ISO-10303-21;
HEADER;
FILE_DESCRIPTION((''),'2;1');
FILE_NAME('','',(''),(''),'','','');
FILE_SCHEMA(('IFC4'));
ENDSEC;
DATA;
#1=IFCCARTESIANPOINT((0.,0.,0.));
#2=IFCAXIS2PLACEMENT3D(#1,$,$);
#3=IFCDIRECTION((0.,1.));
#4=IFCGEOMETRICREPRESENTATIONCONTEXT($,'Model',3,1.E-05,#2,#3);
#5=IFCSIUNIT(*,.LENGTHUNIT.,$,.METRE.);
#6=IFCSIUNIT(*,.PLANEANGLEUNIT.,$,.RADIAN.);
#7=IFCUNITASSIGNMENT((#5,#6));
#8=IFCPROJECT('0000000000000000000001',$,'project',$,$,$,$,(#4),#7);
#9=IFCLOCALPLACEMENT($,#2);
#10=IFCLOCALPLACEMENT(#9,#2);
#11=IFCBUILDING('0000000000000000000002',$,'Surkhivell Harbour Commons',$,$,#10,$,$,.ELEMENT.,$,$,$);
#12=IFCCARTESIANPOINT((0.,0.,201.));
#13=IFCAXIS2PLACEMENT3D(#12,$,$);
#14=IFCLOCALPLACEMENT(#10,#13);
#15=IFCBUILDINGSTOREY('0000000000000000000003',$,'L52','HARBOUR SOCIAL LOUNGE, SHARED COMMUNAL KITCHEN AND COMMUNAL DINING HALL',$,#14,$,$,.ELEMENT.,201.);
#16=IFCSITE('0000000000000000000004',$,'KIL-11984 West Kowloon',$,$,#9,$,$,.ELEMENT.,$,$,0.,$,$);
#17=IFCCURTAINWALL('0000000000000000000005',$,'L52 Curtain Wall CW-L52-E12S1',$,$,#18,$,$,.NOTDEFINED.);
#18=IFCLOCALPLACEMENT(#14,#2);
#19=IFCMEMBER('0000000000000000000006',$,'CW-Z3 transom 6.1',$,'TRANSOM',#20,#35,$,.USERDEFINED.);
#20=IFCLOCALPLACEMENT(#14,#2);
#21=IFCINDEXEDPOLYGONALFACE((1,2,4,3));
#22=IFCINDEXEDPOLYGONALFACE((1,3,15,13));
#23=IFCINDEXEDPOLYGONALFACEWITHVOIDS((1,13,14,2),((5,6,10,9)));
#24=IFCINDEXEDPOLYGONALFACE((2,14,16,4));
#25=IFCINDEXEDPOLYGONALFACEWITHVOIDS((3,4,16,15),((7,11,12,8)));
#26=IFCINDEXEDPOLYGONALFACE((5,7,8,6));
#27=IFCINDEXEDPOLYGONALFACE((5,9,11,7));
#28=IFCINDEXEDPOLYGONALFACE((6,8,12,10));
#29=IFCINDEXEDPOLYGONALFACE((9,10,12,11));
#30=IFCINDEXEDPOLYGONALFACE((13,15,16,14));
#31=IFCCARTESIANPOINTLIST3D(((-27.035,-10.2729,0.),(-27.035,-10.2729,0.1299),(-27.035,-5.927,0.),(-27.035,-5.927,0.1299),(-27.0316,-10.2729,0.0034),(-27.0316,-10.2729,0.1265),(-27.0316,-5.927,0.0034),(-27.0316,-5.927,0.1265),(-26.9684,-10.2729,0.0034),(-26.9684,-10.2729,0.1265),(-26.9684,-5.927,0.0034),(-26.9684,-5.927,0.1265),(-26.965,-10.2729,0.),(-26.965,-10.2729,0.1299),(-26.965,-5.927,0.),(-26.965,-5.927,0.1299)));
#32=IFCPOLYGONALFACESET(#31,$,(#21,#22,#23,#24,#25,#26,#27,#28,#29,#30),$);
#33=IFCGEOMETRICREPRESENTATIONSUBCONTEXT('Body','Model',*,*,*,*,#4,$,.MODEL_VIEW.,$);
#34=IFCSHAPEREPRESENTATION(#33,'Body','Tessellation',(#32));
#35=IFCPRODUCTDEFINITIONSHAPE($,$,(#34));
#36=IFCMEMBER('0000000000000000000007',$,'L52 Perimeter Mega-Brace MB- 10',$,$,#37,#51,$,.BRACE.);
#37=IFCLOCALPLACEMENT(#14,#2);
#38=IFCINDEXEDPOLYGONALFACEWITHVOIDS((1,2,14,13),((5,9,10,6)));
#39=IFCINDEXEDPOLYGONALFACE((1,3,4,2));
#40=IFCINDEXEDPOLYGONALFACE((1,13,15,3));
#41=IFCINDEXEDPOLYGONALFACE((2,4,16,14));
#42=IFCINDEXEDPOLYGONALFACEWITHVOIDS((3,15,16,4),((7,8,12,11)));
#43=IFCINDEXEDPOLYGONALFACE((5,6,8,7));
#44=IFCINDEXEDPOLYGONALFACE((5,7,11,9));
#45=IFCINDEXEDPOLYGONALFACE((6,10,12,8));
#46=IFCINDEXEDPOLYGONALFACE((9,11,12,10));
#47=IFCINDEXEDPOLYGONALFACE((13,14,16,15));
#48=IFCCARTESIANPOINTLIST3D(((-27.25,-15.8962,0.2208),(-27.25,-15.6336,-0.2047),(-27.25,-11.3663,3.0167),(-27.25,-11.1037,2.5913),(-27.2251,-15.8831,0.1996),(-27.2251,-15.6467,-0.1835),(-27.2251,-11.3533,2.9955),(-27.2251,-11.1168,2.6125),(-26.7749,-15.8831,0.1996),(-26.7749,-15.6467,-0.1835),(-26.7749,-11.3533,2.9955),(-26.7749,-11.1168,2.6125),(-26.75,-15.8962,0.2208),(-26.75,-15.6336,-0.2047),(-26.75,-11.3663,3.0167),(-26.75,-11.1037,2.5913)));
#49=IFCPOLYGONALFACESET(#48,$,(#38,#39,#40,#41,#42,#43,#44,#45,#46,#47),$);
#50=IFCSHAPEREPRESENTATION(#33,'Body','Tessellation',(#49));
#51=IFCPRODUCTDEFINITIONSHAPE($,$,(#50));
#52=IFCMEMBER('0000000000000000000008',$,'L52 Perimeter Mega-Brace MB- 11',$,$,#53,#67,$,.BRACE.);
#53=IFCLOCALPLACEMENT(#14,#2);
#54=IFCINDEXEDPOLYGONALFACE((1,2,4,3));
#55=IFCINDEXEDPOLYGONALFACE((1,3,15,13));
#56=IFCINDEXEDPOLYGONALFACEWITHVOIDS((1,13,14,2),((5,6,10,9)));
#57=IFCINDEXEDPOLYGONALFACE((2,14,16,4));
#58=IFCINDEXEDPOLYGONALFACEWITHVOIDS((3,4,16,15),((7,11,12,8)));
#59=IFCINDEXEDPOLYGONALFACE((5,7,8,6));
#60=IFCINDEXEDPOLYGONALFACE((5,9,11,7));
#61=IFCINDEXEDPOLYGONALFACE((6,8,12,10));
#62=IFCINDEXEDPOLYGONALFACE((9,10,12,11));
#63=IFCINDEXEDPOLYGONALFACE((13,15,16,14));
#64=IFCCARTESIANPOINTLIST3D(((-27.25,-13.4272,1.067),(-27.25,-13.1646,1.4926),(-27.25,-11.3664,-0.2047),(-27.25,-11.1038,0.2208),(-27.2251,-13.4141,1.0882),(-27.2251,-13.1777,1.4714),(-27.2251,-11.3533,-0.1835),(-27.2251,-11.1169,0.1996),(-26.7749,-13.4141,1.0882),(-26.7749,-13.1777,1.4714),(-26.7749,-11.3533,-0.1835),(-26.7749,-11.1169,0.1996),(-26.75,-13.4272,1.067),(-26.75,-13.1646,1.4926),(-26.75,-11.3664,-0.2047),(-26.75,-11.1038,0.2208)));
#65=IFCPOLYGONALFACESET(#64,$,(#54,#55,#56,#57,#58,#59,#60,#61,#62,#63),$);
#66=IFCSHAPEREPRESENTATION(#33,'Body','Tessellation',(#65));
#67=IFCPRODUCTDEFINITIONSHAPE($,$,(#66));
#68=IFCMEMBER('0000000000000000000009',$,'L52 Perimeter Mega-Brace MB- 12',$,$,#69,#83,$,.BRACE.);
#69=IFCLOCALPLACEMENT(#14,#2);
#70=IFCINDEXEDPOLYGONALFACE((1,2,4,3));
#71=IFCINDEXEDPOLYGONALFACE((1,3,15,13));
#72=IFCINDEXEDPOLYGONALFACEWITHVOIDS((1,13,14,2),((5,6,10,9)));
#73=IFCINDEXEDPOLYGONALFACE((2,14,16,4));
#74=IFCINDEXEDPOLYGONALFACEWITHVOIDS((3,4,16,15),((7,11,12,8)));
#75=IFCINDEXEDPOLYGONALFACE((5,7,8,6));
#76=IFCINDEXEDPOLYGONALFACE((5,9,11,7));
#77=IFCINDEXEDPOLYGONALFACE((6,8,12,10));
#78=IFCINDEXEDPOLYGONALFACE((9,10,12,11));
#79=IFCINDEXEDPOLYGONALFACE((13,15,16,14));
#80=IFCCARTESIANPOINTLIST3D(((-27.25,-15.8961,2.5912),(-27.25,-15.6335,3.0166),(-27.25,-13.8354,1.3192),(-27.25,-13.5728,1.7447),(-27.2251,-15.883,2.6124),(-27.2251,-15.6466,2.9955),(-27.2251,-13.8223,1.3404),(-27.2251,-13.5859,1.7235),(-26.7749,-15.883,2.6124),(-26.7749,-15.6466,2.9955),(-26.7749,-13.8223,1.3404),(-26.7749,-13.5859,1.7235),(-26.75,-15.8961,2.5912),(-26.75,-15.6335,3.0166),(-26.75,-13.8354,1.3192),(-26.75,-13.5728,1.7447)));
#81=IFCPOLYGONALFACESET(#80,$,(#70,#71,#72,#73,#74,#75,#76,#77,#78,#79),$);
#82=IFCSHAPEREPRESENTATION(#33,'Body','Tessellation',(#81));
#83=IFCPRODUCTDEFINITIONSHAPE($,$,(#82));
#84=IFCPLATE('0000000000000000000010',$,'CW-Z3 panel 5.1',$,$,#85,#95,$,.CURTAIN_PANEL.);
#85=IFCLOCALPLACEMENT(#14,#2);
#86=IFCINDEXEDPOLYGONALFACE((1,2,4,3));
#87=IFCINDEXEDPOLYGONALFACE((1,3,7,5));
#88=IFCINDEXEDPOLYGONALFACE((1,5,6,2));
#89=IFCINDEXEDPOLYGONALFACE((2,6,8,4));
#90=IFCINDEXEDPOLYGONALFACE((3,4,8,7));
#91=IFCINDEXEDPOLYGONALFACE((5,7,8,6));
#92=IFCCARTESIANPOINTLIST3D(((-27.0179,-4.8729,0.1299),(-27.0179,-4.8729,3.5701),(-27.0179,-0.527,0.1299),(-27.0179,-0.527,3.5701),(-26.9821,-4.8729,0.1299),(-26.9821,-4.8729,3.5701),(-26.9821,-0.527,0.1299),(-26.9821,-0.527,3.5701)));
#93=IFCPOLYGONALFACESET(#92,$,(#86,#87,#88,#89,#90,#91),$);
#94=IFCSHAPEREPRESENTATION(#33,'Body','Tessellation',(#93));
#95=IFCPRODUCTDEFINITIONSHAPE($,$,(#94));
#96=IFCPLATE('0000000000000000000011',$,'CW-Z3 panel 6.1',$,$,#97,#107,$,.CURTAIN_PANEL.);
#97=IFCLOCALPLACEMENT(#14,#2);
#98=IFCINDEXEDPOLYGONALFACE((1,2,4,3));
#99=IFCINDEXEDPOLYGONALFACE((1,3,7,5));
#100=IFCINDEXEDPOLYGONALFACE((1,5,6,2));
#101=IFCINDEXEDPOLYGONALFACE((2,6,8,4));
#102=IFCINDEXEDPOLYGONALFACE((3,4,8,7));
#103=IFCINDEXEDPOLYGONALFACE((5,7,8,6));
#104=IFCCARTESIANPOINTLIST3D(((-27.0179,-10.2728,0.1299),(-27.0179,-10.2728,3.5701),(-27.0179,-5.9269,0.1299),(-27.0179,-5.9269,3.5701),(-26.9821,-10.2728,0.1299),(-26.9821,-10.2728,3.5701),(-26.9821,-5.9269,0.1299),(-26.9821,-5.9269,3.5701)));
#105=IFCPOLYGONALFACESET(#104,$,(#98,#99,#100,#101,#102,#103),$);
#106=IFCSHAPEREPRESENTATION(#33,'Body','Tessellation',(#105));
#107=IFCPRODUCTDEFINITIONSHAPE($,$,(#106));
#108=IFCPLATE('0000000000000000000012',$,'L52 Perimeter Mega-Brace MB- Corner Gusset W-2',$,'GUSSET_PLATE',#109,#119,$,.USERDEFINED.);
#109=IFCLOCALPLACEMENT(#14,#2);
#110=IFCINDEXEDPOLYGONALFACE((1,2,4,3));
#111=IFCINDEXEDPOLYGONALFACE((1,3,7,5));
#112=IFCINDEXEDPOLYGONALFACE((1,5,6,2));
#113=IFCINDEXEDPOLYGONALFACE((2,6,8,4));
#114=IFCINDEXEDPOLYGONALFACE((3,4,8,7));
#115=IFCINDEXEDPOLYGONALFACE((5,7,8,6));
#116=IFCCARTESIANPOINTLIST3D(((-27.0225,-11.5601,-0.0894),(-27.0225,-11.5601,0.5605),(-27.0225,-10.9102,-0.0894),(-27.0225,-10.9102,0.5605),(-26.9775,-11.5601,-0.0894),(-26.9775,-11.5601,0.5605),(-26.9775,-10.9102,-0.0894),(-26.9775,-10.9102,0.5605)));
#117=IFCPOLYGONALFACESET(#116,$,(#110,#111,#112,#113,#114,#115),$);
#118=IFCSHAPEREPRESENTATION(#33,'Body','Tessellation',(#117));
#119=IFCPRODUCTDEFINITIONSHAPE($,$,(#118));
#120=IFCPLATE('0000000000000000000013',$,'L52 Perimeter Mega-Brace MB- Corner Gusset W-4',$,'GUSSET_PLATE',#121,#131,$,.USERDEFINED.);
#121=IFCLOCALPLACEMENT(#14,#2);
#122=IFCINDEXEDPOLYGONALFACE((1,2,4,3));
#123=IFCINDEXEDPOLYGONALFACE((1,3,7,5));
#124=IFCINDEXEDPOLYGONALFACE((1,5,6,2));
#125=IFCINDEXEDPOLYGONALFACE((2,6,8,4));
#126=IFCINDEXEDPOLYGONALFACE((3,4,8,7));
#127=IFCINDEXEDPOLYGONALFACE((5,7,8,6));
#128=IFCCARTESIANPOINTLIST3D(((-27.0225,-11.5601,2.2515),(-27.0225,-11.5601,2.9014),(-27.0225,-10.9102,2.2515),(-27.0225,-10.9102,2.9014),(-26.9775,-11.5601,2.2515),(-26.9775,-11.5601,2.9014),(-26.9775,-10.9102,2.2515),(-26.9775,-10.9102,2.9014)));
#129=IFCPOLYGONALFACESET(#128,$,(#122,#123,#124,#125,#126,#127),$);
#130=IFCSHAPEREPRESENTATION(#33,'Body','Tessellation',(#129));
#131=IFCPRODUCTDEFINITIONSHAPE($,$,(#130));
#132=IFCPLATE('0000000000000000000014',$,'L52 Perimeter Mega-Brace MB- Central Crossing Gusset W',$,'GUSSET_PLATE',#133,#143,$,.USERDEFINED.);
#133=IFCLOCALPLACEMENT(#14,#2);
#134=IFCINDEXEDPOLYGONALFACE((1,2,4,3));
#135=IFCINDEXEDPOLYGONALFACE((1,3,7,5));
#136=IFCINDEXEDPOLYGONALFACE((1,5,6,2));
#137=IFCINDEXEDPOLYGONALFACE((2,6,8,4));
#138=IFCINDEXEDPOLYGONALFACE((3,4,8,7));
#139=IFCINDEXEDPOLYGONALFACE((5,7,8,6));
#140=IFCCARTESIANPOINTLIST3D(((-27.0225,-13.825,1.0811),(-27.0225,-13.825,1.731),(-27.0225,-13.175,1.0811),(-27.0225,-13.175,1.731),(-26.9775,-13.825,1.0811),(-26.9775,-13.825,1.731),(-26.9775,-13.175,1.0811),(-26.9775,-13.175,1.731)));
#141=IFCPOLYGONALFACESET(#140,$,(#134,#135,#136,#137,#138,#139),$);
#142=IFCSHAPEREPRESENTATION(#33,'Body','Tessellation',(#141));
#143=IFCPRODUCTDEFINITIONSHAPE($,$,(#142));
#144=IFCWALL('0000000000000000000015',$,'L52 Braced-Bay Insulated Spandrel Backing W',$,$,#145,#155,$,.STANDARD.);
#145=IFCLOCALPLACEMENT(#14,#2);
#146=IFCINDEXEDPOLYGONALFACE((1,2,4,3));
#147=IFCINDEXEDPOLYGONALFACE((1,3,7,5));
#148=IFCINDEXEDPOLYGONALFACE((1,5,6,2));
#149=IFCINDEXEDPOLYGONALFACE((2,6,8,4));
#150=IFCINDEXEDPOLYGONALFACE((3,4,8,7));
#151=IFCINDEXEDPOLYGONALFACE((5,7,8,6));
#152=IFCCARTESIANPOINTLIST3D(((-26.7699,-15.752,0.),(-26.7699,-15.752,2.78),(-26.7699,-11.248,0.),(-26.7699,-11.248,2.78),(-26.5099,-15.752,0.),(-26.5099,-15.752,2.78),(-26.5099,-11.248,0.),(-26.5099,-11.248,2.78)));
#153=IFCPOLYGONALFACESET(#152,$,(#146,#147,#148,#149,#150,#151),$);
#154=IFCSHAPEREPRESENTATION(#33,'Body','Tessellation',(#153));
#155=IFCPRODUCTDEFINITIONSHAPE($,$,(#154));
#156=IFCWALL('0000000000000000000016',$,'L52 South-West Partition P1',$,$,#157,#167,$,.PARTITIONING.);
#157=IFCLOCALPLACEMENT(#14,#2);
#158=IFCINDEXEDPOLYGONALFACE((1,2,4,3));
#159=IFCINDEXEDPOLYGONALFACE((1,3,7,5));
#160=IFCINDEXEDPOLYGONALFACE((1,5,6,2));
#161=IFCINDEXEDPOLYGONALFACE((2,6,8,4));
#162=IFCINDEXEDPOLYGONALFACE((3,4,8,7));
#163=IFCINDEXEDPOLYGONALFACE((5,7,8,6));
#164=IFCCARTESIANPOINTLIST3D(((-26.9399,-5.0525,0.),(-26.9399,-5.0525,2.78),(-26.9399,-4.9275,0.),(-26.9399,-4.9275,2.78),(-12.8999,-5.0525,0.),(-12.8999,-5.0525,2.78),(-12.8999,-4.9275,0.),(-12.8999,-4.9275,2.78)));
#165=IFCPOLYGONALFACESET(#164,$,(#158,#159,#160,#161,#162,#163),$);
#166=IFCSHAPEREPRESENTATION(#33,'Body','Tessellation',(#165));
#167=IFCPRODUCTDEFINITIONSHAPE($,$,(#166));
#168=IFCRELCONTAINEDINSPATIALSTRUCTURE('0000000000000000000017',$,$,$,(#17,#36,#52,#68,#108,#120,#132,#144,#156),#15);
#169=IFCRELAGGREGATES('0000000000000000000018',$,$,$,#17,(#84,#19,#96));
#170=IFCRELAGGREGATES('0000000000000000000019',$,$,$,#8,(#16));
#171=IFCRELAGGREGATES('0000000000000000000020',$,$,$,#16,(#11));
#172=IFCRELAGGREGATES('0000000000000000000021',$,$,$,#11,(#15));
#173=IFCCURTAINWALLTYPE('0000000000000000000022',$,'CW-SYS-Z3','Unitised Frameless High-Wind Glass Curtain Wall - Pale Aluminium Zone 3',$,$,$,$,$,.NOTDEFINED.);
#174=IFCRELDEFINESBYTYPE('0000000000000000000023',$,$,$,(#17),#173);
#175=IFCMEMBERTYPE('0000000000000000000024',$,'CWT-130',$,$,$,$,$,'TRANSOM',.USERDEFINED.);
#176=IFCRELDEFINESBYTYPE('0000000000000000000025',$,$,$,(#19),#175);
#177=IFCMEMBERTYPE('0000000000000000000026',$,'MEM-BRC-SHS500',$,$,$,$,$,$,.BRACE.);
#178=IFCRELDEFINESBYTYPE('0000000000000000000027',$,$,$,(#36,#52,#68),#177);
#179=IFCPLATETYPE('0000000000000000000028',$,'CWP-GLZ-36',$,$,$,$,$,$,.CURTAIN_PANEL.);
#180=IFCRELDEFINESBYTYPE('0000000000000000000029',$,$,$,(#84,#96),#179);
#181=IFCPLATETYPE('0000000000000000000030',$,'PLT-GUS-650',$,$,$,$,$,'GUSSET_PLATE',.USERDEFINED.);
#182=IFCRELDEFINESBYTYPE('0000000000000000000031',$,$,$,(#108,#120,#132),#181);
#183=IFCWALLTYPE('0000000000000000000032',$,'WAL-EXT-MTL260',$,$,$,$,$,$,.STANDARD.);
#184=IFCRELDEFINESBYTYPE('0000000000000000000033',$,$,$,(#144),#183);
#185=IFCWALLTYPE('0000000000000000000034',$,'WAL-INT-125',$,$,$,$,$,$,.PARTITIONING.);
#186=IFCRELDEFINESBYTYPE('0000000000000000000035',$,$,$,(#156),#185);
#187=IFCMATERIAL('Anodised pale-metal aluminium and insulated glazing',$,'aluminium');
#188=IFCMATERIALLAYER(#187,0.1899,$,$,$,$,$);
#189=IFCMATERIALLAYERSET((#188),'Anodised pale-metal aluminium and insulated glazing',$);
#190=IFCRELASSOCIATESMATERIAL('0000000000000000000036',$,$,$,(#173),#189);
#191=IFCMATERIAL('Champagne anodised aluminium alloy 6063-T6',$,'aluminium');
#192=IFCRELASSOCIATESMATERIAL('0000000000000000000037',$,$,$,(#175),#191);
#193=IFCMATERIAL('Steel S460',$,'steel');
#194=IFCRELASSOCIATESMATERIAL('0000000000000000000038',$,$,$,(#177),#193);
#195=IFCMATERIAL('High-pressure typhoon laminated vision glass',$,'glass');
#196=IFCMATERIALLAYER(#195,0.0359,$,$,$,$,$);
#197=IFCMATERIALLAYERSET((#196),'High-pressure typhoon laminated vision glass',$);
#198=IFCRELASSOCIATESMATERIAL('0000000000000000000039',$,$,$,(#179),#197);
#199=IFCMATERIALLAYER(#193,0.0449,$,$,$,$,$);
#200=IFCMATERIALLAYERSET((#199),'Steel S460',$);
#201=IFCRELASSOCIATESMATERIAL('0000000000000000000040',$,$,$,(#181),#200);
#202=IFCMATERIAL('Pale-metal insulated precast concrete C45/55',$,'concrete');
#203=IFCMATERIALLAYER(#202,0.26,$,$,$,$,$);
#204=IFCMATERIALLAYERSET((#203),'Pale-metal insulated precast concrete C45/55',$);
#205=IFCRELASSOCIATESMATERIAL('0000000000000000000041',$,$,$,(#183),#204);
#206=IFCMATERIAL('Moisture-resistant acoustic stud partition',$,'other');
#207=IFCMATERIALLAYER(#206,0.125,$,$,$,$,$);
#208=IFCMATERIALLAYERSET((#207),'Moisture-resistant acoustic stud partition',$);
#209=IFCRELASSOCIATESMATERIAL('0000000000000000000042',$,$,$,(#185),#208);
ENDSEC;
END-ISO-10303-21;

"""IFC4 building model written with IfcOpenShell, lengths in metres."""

from ifc_helpers import new_model, si_unit, direction, frame, frame_2d, origin, origin_2d, place, context, subcontext, project, spatial, rectangle, hollow_rectangle, extrude, material, layer, layer_set, material_profile, profile_set, type_object, element, aggregate, save


model = new_model("IFC4")

# Units and contexts
model_context = context("Model", 3, precision=1e-05, world=origin(), true_north=direction((0.0, 1.0)))
body_context = subcontext(model_context, "Body", "Model", "MODEL_VIEW")
ifc_project = project(units=[si_unit("LENGTHUNIT", "METRE"), si_unit("PLANEANGLEUNIT", "RADIAN")], contexts=[model_context])

# Site, building, storey
site_placement = place(None, origin())
site = spatial("IfcSite", under=ifc_project, at=site_placement, Name="KIL-11984 West Kowloon", CompositionType="ELEMENT", RefElevation=0.0)
building_placement = place(site_placement, origin())
building = spatial("IfcBuilding", under=site, at=building_placement, Name="Surkhivell Harbour Commons", CompositionType="ELEMENT")
storey_placement = place(building_placement, frame((0.0, 0.0, 201.0)))
storey = spatial("IfcBuildingStorey", under=building, at=storey_placement, Name="L52", Description="HARBOUR SOCIAL LOUNGE, SHARED COMMUNAL KITCHEN AND COMMUNAL DINING HALL", CompositionType="ELEMENT", Elevation=201.0)

# Curtain wall, member
ifc_material_1 = material(Name="Anodised pale-metal aluminium and insulated glazing", Category="aluminium")
ifc_layer_1 = layer(ifc_material_1, 0.1899)
ifc_layer_set_1 = layer_set([ifc_layer_1], Name="Anodised pale-metal aluminium and insulated glazing")
curtain_wall_type = type_object("IfcCurtainWallType", Name="CW-SYS-Z3", Description="Unitised Frameless High-Wind Glass Curtain Wall - Pale Aluminium Zone 3", PredefinedType="NOTDEFINED", material=ifc_layer_set_1)
curtain_wall_placement = place(storey_placement, origin())
curtain_wall = element("IfcCurtainWall", 1, at=curtain_wall_placement, inside=storey, type_object=curtain_wall_type, Name="L52 Curtain Wall CW-L52-E12S1", PredefinedType="NOTDEFINED")
ifc_material_2 = material(Name="Champagne anodised aluminium alloy 6063-T6", Category="aluminium")
ifc_material_profile_1 = material_profile(ifc_material_2, hollow_rectangle(XDim=0.0701, YDim=0.1299, WallThickness=0.0034, at=origin_2d()), Name="ALU-TRAN-70x130")
ifc_profile_set_1 = profile_set([ifc_material_profile_1], Name="Champagne anodised aluminium alloy 6063-T6")
member_type_1 = type_object("IfcMemberType", Name="CWT-130", ElementType="TRANSOM", PredefinedType="USERDEFINED", material=ifc_profile_set_1)
member_1_placement = place(storey_placement, frame((-27.0, -5.927, 0.0649), z_axis=(0.0, -1.0, 0.0), x_axis=(1.0, 0.0, 0.0)))
member_1 = element("IfcMember", 2, at=member_1_placement, type_object=member_type_1, Name="CW-Z3 transom 6.1", ObjectType="TRANSOM", PredefinedType="USERDEFINED", context=body_context, shape_type="SweptSolid", body=[
    extrude(hollow_rectangle(XDim=0.0701, YDim=0.1299, WallThickness=0.0034, at=origin_2d()), origin(), (0.0, 0.0, 1.0), 4.3459),
])

# Members
ifc_material_3 = material(Name="Steel S460", Category="steel")
ifc_material_profile_2 = material_profile(ifc_material_3, hollow_rectangle(XDim=0.5, YDim=0.5, WallThickness=0.0249, at=origin_2d()), Name="SHS500x500x25")
ifc_profile_set_2 = profile_set([ifc_material_profile_2], Name="Steel S460")
member_type_2 = type_object("IfcMemberType", Name="MEM-BRC-SHS500", PredefinedType="BRACE", material=ifc_profile_set_2)
member_2_placement = place(storey_placement, frame((-27.0, -15.7649, 0.0081), z_axis=(0.0, 0.850958, 0.525233), x_axis=(-1.0, 0.0, 0.0)))
element("IfcMember", 3, at=member_2_placement, inside=storey, type_object=member_type_2, Name="L52 Perimeter Mega-Brace MB- 10", PredefinedType="BRACE", context=body_context, shape_type="SweptSolid", body=[
    extrude(hollow_rectangle(XDim=0.5, YDim=0.5, WallThickness=0.0249, at=origin_2d()), origin(), (0.0, 0.0, 1.0), 5.3232),
])
for number, where, z_axis, x_axis, name in (
    (4, (-27.0, -11.2351, 0.0081), (0.0, -0.851003, 0.52516), (1.0, 0.0, 0.0), "L52 Perimeter Mega-Brace MB- 11"),
    (5, (-27.0, -13.7041, 1.532), (0.0, -0.850958, 0.525233), (1.0, 0.0, 0.0), "L52 Perimeter Mega-Brace MB- 12"),
):
    element("IfcMember", number, at=place(storey_placement, frame(where, z_axis=z_axis, x_axis=x_axis)), inside=storey, type_object=member_type_2, Name=name, PredefinedType="BRACE", context=body_context, shape_type="SweptSolid", body=[
        extrude(hollow_rectangle(XDim=0.5, YDim=0.5, WallThickness=0.0249, at=origin_2d()), origin(), (0.0, 0.0, 1.0), 2.4216),
    ])

# Plates
ifc_material_4 = material(Name="High-pressure typhoon laminated vision glass", Category="glass")
ifc_layer_2 = layer(ifc_material_4, 0.0359)
ifc_layer_set_2 = layer_set([ifc_layer_2], Name="High-pressure typhoon laminated vision glass")
plate_type_1 = type_object("IfcPlateType", Name="CWP-GLZ-36", PredefinedType="CURTAIN_PANEL", material=ifc_layer_set_2)
plate_1_placement = place(storey_placement, frame((-27.0, -0.5271, 0.1299), z_axis=(0.0, 0.0, 1.0), x_axis=(0.0, -1.0, 0.0)))
plate_1 = element("IfcPlate", 6, at=plate_1_placement, type_object=plate_type_1, Name="CW-Z3 panel 5.1", PredefinedType="CURTAIN_PANEL", context=body_context, shape_type="SweptSolid", body=[
    extrude(rectangle(XDim=4.3459, YDim=0.0359, at=frame_2d((2.1729, 0.0))), origin(), (0.0, 0.0, 1.0), 3.4402),
])
plate_2_placement = place(storey_placement, frame((-27.0, -5.927, 0.1299), z_axis=(0.0, 0.0, 1.0), x_axis=(0.0, -1.0, 0.0)))
plate_2 = element("IfcPlate", 7, at=plate_2_placement, type_object=plate_type_1, Name="CW-Z3 panel 6.1", PredefinedType="CURTAIN_PANEL", context=body_context, shape_type="SweptSolid", body=[
    extrude(rectangle(XDim=4.3459, YDim=0.0359, at=frame_2d((2.1729, 0.0))), origin(), (0.0, 0.0, 1.0), 3.4402),
])
aggregate(curtain_wall, [plate_1, member_1, plate_2])

# Plates
ifc_layer_3 = layer(ifc_material_3, 0.0449)
ifc_layer_set_3 = layer_set([ifc_layer_3], Name="Steel S460")
plate_type_2 = type_object("IfcPlateType", Name="PLT-GUS-650", ElementType="GUSSET_PLATE", PredefinedType="USERDEFINED", material=ifc_layer_set_3)
for number, where, z_axis, x_axis, name in (
    (8, (-27.0, -11.2351, -0.0894), (0.0, 0.0, 1.0), (0.0, 1.0, 0.0), "L52 Perimeter Mega-Brace MB- Corner Gusset W-2"),
    (9, (-27.0, -11.2351, 2.2515), (0.0, 0.0, 1.0), (0.0, 1.0, 0.0), "L52 Perimeter Mega-Brace MB- Corner Gusset W-4"),
    (10, (-27.0, -13.5, 1.0811), (0.0, 0.0, 1.0), (0.0, 1.0, 0.0), "L52 Perimeter Mega-Brace MB- Central Crossing Gusset W"),
):
    element("IfcPlate", number, at=place(storey_placement, frame(where, z_axis=z_axis, x_axis=x_axis)), inside=storey, type_object=plate_type_2, Name=name, ObjectType="GUSSET_PLATE", PredefinedType="USERDEFINED", context=body_context, shape_type="SweptSolid", body=[
        extrude(rectangle(XDim=0.6499, YDim=0.0449, at=origin_2d()), origin(), (0.0, 0.0, 1.0), 0.6499),
    ])

# Walls
ifc_material_5 = material(Name="Pale-metal insulated precast concrete C45/55", Category="concrete")
ifc_layer_4 = layer(ifc_material_5, 0.26)
ifc_layer_set_4 = layer_set([ifc_layer_4], Name="Pale-metal insulated precast concrete C45/55")
wall_type_1 = type_object("IfcWallType", Name="WAL-EXT-MTL260", PredefinedType="STANDARD", material=ifc_layer_set_4)
wall_1_placement = place(storey_placement, frame((-26.6399, -11.248, 0.0), z_axis=(0.0, 0.0, 1.0), x_axis=(0.0, -1.0, 0.0)))
element("IfcWall", 11, at=wall_1_placement, inside=storey, type_object=wall_type_1, Name="L52 Braced-Bay Insulated Spandrel Backing W", PredefinedType="STANDARD", context=body_context, shape_type="SweptSolid", body=[
    extrude(rectangle(XDim=4.5039, YDim=0.26, at=frame_2d((2.252, 0.0))), origin(), (0.0, 0.0, 1.0), 2.78),
])
ifc_material_6 = material(Name="Moisture-resistant acoustic stud partition", Category="other")
ifc_layer_5 = layer(ifc_material_6, 0.125)
ifc_layer_set_5 = layer_set([ifc_layer_5], Name="Moisture-resistant acoustic stud partition")
wall_type_2 = type_object("IfcWallType", Name="WAL-INT-125", PredefinedType="PARTITIONING", material=ifc_layer_set_5)
wall_2_placement = place(storey_placement, frame((-26.9399, -4.99, 0.0), z_axis=(0.0, 0.0, 1.0), x_axis=(1.0, 0.0, 0.0)))
element("IfcWall", 12, at=wall_2_placement, inside=storey, type_object=wall_type_2, Name="L52 South-West Partition P1", PredefinedType="PARTITIONING", context=body_context, shape_type="SweptSolid", body=[
    extrude(rectangle(XDim=14.04, YDim=0.125, at=frame_2d((7.02, 0.0))), origin(), (0.0, 0.0, 1.0), 2.78),
])

save(model, "model.ifc")
